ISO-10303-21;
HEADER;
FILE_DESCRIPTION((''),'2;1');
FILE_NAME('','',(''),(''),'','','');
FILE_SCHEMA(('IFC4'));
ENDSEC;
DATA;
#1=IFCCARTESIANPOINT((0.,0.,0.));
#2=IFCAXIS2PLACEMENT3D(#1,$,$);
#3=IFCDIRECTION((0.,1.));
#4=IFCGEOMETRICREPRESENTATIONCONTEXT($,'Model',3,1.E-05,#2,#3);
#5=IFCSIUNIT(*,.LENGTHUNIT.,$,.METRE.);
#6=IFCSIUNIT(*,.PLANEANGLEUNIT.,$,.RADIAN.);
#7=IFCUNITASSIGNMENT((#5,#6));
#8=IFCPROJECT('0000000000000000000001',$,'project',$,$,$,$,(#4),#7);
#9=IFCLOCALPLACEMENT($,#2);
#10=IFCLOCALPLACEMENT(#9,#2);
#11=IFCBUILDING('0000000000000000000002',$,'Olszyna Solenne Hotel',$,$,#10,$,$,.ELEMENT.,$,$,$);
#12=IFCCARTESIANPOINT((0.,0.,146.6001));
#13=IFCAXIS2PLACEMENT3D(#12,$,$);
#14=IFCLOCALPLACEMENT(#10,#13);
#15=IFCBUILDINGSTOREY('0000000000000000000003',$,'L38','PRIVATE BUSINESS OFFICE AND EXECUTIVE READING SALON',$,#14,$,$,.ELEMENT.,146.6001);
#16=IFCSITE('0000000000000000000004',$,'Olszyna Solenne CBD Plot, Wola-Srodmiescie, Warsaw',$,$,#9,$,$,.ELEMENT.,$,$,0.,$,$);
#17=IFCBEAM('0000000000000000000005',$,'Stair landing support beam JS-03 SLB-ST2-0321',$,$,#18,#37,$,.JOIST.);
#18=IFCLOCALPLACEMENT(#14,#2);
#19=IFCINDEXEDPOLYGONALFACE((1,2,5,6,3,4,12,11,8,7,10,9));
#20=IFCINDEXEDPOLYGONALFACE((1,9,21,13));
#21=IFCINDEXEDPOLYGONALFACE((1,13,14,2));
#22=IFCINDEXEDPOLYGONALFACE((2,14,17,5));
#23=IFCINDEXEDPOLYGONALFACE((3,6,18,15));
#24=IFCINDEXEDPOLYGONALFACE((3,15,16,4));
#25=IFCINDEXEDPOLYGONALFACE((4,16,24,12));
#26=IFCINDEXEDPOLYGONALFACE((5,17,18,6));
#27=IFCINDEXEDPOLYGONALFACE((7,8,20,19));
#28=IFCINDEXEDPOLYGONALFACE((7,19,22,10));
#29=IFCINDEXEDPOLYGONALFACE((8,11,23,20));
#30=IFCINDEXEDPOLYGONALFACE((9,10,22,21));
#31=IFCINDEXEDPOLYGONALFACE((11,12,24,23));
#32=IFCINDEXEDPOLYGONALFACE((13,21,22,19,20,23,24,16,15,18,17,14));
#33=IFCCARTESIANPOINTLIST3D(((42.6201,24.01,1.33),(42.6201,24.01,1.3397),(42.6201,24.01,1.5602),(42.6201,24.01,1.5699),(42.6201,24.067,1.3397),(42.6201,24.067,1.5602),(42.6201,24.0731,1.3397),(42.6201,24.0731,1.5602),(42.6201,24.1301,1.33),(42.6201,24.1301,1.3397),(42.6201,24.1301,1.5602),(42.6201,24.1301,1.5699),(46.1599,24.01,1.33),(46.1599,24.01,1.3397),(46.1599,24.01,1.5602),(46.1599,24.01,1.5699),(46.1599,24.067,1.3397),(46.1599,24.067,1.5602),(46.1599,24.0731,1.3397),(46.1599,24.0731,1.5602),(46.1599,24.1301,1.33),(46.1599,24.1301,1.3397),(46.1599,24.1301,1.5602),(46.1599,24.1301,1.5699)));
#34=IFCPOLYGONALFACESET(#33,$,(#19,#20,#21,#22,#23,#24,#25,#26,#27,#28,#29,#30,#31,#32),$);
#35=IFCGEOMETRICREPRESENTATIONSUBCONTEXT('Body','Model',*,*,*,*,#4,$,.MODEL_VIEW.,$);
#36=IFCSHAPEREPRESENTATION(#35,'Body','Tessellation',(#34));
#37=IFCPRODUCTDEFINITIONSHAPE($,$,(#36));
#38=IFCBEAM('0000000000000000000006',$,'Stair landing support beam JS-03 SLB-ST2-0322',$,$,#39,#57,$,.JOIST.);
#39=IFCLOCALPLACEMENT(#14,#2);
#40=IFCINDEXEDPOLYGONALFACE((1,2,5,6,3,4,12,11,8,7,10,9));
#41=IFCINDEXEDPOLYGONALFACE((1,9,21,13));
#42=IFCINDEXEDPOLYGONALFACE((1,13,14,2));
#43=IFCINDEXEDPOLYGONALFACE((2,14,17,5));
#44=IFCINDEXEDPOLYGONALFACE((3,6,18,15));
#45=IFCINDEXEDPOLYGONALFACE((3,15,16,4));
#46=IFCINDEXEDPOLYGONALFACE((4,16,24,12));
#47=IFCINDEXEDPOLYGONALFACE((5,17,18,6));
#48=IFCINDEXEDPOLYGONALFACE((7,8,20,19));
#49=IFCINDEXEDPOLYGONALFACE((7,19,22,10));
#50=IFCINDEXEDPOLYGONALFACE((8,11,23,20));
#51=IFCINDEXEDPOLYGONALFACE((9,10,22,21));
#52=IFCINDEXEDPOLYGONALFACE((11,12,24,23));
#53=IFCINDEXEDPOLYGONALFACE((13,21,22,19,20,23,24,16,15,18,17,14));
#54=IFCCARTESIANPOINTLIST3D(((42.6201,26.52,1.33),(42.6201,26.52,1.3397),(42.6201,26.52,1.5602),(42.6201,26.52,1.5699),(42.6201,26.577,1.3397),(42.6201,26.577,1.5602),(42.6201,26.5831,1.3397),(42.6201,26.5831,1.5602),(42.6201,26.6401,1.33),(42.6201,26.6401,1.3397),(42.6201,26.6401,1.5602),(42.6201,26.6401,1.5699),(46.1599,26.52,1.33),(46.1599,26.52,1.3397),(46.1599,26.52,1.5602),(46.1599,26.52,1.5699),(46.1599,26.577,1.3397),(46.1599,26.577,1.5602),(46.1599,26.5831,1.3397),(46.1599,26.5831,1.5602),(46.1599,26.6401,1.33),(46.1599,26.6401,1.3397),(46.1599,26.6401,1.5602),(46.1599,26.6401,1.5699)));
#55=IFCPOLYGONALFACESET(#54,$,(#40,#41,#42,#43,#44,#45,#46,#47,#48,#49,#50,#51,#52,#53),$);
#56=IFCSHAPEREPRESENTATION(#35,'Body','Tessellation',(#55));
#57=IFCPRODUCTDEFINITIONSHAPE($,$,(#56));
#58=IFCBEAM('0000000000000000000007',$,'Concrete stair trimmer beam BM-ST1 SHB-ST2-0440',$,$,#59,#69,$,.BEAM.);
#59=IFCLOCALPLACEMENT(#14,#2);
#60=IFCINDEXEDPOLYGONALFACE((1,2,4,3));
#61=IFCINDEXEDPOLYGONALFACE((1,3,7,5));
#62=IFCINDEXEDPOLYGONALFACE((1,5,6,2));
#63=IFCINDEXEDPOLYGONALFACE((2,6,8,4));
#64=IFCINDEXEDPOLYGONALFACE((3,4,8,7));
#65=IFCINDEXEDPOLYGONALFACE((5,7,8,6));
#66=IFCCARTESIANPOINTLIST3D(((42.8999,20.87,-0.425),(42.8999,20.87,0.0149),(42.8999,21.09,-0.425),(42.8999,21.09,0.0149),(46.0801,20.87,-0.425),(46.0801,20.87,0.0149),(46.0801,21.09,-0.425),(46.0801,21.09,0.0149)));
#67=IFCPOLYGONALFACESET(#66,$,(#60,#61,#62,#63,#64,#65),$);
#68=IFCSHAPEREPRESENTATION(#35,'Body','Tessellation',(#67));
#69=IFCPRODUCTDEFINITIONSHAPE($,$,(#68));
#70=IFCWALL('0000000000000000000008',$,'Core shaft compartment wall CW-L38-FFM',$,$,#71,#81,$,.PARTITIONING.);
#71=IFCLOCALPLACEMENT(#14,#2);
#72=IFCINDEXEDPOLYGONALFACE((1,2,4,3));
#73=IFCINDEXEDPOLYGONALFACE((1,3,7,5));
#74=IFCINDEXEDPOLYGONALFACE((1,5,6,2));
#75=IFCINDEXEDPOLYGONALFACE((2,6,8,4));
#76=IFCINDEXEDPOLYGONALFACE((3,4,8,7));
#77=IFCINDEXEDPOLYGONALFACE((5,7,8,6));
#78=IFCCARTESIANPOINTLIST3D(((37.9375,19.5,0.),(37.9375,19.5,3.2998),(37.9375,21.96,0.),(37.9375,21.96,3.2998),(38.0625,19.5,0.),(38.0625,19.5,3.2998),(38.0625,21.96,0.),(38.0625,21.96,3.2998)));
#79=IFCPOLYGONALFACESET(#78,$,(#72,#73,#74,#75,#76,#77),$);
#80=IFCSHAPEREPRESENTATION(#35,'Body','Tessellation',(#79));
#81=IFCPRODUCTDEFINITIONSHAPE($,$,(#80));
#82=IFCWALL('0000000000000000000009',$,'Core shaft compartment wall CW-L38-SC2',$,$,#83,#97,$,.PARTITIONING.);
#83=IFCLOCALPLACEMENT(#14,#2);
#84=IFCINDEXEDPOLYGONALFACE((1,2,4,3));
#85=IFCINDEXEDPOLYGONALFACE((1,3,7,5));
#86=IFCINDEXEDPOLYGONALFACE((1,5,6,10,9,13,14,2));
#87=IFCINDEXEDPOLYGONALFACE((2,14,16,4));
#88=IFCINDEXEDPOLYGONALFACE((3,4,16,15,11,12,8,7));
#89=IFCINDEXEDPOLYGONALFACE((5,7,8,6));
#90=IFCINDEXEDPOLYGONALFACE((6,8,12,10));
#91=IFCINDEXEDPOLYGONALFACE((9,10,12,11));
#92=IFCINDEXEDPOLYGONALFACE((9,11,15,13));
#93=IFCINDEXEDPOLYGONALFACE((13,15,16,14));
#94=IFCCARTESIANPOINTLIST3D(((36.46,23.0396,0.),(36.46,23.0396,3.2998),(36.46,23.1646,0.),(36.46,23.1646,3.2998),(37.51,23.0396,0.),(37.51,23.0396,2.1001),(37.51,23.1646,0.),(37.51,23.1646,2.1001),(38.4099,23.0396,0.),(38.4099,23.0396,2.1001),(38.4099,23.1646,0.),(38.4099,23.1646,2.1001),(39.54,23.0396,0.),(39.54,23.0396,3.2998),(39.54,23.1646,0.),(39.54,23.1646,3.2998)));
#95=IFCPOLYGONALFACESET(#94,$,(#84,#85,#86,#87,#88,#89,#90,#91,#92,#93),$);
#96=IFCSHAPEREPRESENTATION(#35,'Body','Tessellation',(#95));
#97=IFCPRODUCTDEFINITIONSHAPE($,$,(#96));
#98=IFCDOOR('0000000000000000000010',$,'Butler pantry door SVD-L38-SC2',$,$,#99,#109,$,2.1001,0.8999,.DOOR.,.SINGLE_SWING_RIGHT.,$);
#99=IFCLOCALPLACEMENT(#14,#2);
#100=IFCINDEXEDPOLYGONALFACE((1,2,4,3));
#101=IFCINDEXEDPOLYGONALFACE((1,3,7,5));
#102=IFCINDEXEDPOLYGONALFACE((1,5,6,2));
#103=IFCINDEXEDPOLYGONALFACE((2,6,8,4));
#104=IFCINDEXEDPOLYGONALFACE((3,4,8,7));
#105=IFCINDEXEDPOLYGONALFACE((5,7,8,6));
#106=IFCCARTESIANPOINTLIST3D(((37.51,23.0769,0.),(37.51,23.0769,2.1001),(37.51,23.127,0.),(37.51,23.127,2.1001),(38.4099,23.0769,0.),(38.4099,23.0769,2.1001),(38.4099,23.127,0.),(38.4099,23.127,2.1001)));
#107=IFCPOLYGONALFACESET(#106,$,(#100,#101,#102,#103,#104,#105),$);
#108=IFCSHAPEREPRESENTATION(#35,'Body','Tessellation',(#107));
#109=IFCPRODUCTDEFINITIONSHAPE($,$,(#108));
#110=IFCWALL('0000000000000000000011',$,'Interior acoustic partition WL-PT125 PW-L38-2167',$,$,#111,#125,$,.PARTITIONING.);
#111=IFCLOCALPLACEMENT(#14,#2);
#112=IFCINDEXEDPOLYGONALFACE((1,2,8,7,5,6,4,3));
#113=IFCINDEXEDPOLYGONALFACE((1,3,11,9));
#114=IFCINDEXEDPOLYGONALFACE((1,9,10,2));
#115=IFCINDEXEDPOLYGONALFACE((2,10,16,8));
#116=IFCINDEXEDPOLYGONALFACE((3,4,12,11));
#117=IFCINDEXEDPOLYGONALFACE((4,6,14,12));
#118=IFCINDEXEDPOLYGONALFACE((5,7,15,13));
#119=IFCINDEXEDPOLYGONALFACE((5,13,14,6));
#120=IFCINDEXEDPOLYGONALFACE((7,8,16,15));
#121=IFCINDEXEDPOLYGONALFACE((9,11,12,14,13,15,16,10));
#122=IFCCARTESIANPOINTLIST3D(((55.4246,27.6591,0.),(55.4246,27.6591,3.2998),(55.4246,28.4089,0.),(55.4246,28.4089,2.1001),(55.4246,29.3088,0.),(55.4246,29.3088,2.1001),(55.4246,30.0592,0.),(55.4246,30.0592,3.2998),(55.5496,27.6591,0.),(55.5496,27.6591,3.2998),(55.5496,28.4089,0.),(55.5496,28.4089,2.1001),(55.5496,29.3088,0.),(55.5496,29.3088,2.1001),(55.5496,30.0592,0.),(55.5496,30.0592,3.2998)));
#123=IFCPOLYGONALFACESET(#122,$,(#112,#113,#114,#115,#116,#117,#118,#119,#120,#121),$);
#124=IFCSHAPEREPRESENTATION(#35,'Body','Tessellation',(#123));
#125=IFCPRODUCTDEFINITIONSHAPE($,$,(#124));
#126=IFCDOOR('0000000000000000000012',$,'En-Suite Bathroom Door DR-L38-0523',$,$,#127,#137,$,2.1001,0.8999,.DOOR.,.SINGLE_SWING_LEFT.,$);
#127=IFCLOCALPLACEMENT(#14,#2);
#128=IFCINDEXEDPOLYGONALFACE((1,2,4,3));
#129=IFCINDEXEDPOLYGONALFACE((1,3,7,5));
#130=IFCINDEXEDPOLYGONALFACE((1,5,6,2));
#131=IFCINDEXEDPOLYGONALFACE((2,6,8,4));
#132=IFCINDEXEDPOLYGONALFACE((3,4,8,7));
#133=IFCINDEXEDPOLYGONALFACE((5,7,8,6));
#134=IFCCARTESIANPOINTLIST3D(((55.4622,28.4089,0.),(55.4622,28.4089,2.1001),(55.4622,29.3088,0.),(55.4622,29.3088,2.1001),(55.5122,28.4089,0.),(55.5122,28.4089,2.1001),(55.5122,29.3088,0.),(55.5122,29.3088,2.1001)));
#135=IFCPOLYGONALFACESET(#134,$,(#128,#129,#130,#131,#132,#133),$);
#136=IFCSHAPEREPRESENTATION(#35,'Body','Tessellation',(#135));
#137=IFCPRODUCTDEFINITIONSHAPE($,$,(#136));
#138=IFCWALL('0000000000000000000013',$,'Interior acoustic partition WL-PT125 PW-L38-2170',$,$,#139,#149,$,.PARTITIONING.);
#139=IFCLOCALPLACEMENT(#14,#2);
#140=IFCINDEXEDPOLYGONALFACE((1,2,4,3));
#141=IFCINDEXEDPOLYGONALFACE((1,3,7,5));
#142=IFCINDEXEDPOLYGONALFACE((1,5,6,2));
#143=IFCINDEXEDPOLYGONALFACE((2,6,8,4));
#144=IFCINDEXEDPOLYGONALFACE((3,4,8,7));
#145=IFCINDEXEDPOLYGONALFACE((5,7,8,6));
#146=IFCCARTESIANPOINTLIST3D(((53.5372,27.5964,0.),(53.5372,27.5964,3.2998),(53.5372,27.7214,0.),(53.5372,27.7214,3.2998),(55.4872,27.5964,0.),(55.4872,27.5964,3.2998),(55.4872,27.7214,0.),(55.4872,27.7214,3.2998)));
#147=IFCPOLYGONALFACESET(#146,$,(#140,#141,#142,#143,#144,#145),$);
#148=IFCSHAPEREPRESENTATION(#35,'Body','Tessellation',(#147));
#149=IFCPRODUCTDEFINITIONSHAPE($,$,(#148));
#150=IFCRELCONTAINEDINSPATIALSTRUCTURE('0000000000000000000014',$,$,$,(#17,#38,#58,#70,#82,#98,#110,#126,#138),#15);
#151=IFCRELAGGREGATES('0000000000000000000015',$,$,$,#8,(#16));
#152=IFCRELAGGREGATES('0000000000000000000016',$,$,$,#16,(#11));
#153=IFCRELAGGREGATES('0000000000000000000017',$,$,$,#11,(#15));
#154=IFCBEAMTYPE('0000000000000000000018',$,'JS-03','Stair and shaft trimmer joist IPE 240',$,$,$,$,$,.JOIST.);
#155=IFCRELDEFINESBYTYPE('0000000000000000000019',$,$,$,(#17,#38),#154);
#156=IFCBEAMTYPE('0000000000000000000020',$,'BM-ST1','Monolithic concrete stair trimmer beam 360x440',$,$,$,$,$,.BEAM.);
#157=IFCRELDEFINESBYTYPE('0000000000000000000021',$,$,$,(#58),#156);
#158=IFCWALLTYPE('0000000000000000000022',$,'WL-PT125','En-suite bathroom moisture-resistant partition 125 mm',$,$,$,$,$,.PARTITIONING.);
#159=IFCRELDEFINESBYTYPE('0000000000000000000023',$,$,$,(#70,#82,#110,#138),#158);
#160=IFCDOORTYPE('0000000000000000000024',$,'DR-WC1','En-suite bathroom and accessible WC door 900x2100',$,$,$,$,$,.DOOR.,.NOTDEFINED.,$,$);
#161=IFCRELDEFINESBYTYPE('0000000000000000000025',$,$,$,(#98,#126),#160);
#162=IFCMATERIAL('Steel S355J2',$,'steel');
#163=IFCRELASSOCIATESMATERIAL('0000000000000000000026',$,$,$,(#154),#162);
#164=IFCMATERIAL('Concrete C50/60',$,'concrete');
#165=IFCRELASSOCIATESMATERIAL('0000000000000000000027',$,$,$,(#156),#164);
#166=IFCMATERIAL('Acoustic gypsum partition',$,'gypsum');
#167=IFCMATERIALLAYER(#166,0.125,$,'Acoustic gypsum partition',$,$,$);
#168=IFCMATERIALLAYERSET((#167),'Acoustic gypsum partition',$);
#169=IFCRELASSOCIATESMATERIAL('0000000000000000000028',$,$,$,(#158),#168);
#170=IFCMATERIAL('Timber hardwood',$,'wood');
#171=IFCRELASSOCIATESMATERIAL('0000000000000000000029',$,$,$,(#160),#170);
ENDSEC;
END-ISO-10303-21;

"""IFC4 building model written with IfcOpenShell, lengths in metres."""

from ifc_helpers import new_model, si_unit, direction, frame, frame_2d, origin, origin_2d, place, context, subcontext, project, spatial, rectangle, i_section, extrude, source, transform, mapped, material, layer, layer_set, material_profile, profile_set, type_object, type_shapes, element, fill, save


model = new_model("IFC4")

# Units and contexts
model_context = context("Model", 3, precision=1e-05, world=origin(), true_north=direction((0.0, 1.0)))
body_context = subcontext(model_context, "Body", "Model", "MODEL_VIEW")
ifc_project = project(units=[si_unit("LENGTHUNIT", "METRE"), si_unit("PLANEANGLEUNIT", "RADIAN")], contexts=[model_context])

# Site, building, storey
site_placement = place(None, origin())
site = spatial("IfcSite", under=ifc_project, at=site_placement, Name="Olszyna Solenne CBD Plot, Wola-Srodmiescie, Warsaw", CompositionType="ELEMENT", RefElevation=0.0)
building_placement = place(site_placement, origin())
building = spatial("IfcBuilding", under=site, at=building_placement, Name="Olszyna Solenne Hotel", CompositionType="ELEMENT")
storey_placement = place(building_placement, frame((0.0, 0.0, 146.6001)))
storey = spatial("IfcBuildingStorey", under=building, at=storey_placement, Name="L38", Description="PRIVATE BUSINESS OFFICE AND EXECUTIVE READING SALON", CompositionType="ELEMENT", Elevation=146.6001)

# Beams
ifc_material_1 = material(Name="Steel S355J2", Category="steel")
ifc_material_profile_1 = material_profile(ifc_material_1, i_section(OverallWidth=0.1201, OverallDepth=0.24, WebThickness=0.0061, FlangeThickness=0.0098, at=origin_2d()), Name="IPE 240", Category="load-bearing")
ifc_profile_set_1 = profile_set([ifc_material_profile_1], Name="Steel S355J2")
beam_type_1 = type_object("IfcBeamType", Name="JS-03", Description="Stair and shaft trimmer joist IPE 240", PredefinedType="JOIST", material=ifc_profile_set_1)
shared_shape_1 = source(origin(), body_context, "Body", "SweptSolid", [
    extrude(i_section(OverallWidth=0.1201, OverallDepth=0.24, WebThickness=0.0061, FlangeThickness=0.0098, at=origin_2d()), origin(), (0.0, 0.0, 1.0), 3.5398),
])
for number, where, z_axis, x_axis, name in (
    (1, (46.1599, 24.0701, 1.45), (-1.0, 0.0, 0.0), (0.0, -1.0, 0.0), "Stair landing support beam JS-03 SLB-ST2-0321"),
    (2, (46.1599, 26.5801, 1.45), (-1.0, 0.0, 0.0), (0.0, -1.0, 0.0), "Stair landing support beam JS-03 SLB-ST2-0322"),
):
    element("IfcBeam", number, at=place(storey_placement, frame(where, z_axis=z_axis, x_axis=x_axis)), inside=storey, type_object=beam_type_1, Name=name, PredefinedType="JOIST", context=body_context, shape_type="MappedRepresentation", body=[
        mapped(shared_shape_1, transform((0.0, 0.0, 0.0), x_axis=(1.0, 0.0, 0.0), y_axis=(0.0, 1.0, 0.0), z_axis=(0.0, 0.0, 1.0), scale=1.0)),
    ])
ifc_material_2 = material(Name="Concrete C50/60", Category="concrete")
ifc_material_profile_2 = material_profile(ifc_material_2, rectangle(XDim=0.22, YDim=0.4399, at=origin_2d()), Name="RC 220x440", Category="load-bearing")
ifc_profile_set_2 = profile_set([ifc_material_profile_2], Name="Concrete C50/60")
beam_type_2 = type_object("IfcBeamType", Name="BM-ST1", Description="Monolithic concrete stair trimmer beam 360x440", PredefinedType="BEAM", material=ifc_profile_set_2)
shared_shape_2 = source(origin(), body_context, "Body", "SweptSolid", [
    extrude(rectangle(XDim=0.22, YDim=0.4399, at=origin_2d()), origin(), (0.0, 0.0, 1.0), 3.1802),
])
beam_placement = place(storey_placement, frame((46.0801, 20.98, -0.2051), z_axis=(-1.0, 0.0, 0.0), x_axis=(0.0, -1.0, 0.0)))
element("IfcBeam", 3, at=beam_placement, inside=storey, type_object=beam_type_2, Name="Concrete stair trimmer beam BM-ST1 SHB-ST2-0440", PredefinedType="BEAM", context=body_context, shape_type="MappedRepresentation", body=[
    mapped(shared_shape_2, transform((0.0, 0.0, 0.0), x_axis=(1.0, 0.0, 0.0), y_axis=(0.0, 1.0, 0.0), z_axis=(0.0, 0.0, 1.0), scale=1.0)),
])

# Wall
ifc_material_3 = material(Name="Acoustic gypsum partition", Category="gypsum")
ifc_layer_1 = layer(ifc_material_3, 0.125, Name="Acoustic gypsum partition")
ifc_layer_set_1 = layer_set([ifc_layer_1], Name="Acoustic gypsum partition")
wall_type_1 = type_object("IfcWallType", Name="WL-PT125", Description="En-suite bathroom moisture-resistant partition 125 mm", PredefinedType="PARTITIONING", material=ifc_layer_set_1)
wall_1_placement = place(storey_placement, frame((38.0, 19.5, 0.0), z_axis=(0.0, 0.0, 1.0), x_axis=(0.0, 1.0, 0.0)))
element("IfcWall", 4, at=wall_1_placement, inside=storey, type_object=wall_type_1, Name="Core shaft compartment wall CW-L38-FFM", PredefinedType="PARTITIONING", context=body_context, shape_type="SweptSolid", body=[
    extrude(rectangle(XDim=2.46, YDim=0.125, at=frame_2d((1.23, 0.0))), origin(), (0.0, 0.0, 1.0), 3.2998),
])

# Walls, openings, doors
wall_2_placement = place(storey_placement, frame((36.46, 23.1021, 0.0), z_axis=(0.0, 0.0, 1.0), x_axis=(1.0, 0.0, 0.0)))
wall_2 = element("IfcWall", 5, at=wall_2_placement, inside=storey, type_object=wall_type_1, Name="Core shaft compartment wall CW-L38-SC2", PredefinedType="PARTITIONING", context=body_context, shape_type="SweptSolid", body=[
    extrude(rectangle(XDim=3.0801, YDim=0.125, at=frame_2d((1.54, 0.0))), origin(), (0.0, 0.0, 1.0), 3.2998),
])
opening_1_placement = place(wall_2_placement, frame((1.05, 0.0, 0.0)))
opening_1 = element("IfcOpeningElement", 6, at=opening_1_placement, cuts=wall_2, PredefinedType="OPENING", context=body_context, shape_type="SweptSolid", body=[
    extrude(rectangle(XDim=0.8999, YDim=2.1001, at=frame_2d((0.45, 1.05))), frame((0.0, 0.0725, 0.0), z_axis=(0.0, -1.0, 0.0), x_axis=(1.0, 0.0, 0.0)), (0.0, 0.0, 1.0), 0.145),
])
ifc_material_4 = material(Name="Timber hardwood", Category="wood")
door_type_1 = type_object("IfcDoorType", Name="DR-WC1", Description="En-suite bathroom and accessible WC door 900x2100", OperationType="NOTDEFINED", PredefinedType="DOOR", material=ifc_material_4)
shared_shape_3 = source(origin(), body_context, "Body", "SweptSolid", [
    extrude(rectangle(XDim=0.8999, YDim=2.1001, at=frame_2d((0.45, 1.05))), frame((0.0, 0.0249, 0.0), z_axis=(0.0, -1.0, 0.0), x_axis=(1.0, 0.0, 0.0)), (0.0, 0.0, 1.0), 0.05),
])
type_shapes(door_type_1, [shared_shape_3])
door_1_placement = place(opening_1_placement, origin())
door_1 = element("IfcDoor", 7, at=door_1_placement, inside=storey, type_object=door_type_1, Name="Butler pantry door SVD-L38-SC2", OperationType="SINGLE_SWING_RIGHT", OverallHeight=2.1001, OverallWidth=0.8999, PredefinedType="DOOR", context=body_context, shape_type="MappedRepresentation", body=[
    mapped(shared_shape_3, transform((0.0, 0.0, 0.0), x_axis=(1.0, 0.0, 0.0), y_axis=(0.0, 1.0, 0.0), z_axis=(0.0, 0.0, 1.0), scale=1.0)),
])
fill(opening_1, door_1)
wall_3_placement = place(storey_placement, frame((55.4871, 27.6589, 0.0), z_axis=(0.0, 0.0, 1.0), x_axis=(0.0, 1.0, 0.0)))
wall_3 = element("IfcWall", 8, at=wall_3_placement, inside=storey, type_object=wall_type_1, Name="Interior acoustic partition WL-PT125 PW-L38-2167", PredefinedType="PARTITIONING", context=body_context, shape_type="SweptSolid", body=[
    extrude(rectangle(XDim=2.4001, YDim=0.125, at=frame_2d((1.2002, 0.0))), origin(), (0.0, 0.0, 1.0), 3.2998),
])
opening_2_placement = place(wall_3_placement, frame((0.75, 0.0, 0.0)))
opening_2 = element("IfcOpeningElement", 9, at=opening_2_placement, cuts=wall_3, PredefinedType="OPENING", context=body_context, shape_type="SweptSolid", body=[
    extrude(rectangle(XDim=0.8999, YDim=2.1001, at=frame_2d((0.45, 1.05))), frame((0.0, 0.0725, 0.0), z_axis=(0.0, -1.0, 0.0), x_axis=(1.0, 0.0, 0.0)), (0.0, 0.0, 1.0), 0.145),
])
door_2_placement = place(opening_2_placement, origin())
door_2 = element("IfcDoor", 10, at=door_2_placement, inside=storey, type_object=door_type_1, Name="En-Suite Bathroom Door DR-L38-0523", OperationType="SINGLE_SWING_LEFT", OverallHeight=2.1001, OverallWidth=0.8999, PredefinedType="DOOR", context=body_context, shape_type="MappedRepresentation", body=[
    mapped(shared_shape_3, transform((0.0, 0.0, 0.0), x_axis=(1.0, 0.0, 0.0), y_axis=(0.0, 1.0, 0.0), z_axis=(0.0, 0.0, 1.0), scale=1.0)),
])
fill(opening_2, door_2)

# Wall
wall_4_placement = place(storey_placement, frame((53.5371, 27.6589, 0.0), z_axis=(0.0, 0.0, 1.0), x_axis=(1.0, 0.0, 0.0)))
element("IfcWall", 11, at=wall_4_placement, inside=storey, type_object=wall_type_1, Name="Interior acoustic partition WL-PT125 PW-L38-2170", PredefinedType="PARTITIONING", context=body_context, shape_type="SweptSolid", body=[
    extrude(rectangle(XDim=1.95, YDim=0.125, at=frame_2d((0.9751, 0.0))), origin(), (0.0, 0.0, 1.0), 3.2998),
])

save(model, "model.ifc")
